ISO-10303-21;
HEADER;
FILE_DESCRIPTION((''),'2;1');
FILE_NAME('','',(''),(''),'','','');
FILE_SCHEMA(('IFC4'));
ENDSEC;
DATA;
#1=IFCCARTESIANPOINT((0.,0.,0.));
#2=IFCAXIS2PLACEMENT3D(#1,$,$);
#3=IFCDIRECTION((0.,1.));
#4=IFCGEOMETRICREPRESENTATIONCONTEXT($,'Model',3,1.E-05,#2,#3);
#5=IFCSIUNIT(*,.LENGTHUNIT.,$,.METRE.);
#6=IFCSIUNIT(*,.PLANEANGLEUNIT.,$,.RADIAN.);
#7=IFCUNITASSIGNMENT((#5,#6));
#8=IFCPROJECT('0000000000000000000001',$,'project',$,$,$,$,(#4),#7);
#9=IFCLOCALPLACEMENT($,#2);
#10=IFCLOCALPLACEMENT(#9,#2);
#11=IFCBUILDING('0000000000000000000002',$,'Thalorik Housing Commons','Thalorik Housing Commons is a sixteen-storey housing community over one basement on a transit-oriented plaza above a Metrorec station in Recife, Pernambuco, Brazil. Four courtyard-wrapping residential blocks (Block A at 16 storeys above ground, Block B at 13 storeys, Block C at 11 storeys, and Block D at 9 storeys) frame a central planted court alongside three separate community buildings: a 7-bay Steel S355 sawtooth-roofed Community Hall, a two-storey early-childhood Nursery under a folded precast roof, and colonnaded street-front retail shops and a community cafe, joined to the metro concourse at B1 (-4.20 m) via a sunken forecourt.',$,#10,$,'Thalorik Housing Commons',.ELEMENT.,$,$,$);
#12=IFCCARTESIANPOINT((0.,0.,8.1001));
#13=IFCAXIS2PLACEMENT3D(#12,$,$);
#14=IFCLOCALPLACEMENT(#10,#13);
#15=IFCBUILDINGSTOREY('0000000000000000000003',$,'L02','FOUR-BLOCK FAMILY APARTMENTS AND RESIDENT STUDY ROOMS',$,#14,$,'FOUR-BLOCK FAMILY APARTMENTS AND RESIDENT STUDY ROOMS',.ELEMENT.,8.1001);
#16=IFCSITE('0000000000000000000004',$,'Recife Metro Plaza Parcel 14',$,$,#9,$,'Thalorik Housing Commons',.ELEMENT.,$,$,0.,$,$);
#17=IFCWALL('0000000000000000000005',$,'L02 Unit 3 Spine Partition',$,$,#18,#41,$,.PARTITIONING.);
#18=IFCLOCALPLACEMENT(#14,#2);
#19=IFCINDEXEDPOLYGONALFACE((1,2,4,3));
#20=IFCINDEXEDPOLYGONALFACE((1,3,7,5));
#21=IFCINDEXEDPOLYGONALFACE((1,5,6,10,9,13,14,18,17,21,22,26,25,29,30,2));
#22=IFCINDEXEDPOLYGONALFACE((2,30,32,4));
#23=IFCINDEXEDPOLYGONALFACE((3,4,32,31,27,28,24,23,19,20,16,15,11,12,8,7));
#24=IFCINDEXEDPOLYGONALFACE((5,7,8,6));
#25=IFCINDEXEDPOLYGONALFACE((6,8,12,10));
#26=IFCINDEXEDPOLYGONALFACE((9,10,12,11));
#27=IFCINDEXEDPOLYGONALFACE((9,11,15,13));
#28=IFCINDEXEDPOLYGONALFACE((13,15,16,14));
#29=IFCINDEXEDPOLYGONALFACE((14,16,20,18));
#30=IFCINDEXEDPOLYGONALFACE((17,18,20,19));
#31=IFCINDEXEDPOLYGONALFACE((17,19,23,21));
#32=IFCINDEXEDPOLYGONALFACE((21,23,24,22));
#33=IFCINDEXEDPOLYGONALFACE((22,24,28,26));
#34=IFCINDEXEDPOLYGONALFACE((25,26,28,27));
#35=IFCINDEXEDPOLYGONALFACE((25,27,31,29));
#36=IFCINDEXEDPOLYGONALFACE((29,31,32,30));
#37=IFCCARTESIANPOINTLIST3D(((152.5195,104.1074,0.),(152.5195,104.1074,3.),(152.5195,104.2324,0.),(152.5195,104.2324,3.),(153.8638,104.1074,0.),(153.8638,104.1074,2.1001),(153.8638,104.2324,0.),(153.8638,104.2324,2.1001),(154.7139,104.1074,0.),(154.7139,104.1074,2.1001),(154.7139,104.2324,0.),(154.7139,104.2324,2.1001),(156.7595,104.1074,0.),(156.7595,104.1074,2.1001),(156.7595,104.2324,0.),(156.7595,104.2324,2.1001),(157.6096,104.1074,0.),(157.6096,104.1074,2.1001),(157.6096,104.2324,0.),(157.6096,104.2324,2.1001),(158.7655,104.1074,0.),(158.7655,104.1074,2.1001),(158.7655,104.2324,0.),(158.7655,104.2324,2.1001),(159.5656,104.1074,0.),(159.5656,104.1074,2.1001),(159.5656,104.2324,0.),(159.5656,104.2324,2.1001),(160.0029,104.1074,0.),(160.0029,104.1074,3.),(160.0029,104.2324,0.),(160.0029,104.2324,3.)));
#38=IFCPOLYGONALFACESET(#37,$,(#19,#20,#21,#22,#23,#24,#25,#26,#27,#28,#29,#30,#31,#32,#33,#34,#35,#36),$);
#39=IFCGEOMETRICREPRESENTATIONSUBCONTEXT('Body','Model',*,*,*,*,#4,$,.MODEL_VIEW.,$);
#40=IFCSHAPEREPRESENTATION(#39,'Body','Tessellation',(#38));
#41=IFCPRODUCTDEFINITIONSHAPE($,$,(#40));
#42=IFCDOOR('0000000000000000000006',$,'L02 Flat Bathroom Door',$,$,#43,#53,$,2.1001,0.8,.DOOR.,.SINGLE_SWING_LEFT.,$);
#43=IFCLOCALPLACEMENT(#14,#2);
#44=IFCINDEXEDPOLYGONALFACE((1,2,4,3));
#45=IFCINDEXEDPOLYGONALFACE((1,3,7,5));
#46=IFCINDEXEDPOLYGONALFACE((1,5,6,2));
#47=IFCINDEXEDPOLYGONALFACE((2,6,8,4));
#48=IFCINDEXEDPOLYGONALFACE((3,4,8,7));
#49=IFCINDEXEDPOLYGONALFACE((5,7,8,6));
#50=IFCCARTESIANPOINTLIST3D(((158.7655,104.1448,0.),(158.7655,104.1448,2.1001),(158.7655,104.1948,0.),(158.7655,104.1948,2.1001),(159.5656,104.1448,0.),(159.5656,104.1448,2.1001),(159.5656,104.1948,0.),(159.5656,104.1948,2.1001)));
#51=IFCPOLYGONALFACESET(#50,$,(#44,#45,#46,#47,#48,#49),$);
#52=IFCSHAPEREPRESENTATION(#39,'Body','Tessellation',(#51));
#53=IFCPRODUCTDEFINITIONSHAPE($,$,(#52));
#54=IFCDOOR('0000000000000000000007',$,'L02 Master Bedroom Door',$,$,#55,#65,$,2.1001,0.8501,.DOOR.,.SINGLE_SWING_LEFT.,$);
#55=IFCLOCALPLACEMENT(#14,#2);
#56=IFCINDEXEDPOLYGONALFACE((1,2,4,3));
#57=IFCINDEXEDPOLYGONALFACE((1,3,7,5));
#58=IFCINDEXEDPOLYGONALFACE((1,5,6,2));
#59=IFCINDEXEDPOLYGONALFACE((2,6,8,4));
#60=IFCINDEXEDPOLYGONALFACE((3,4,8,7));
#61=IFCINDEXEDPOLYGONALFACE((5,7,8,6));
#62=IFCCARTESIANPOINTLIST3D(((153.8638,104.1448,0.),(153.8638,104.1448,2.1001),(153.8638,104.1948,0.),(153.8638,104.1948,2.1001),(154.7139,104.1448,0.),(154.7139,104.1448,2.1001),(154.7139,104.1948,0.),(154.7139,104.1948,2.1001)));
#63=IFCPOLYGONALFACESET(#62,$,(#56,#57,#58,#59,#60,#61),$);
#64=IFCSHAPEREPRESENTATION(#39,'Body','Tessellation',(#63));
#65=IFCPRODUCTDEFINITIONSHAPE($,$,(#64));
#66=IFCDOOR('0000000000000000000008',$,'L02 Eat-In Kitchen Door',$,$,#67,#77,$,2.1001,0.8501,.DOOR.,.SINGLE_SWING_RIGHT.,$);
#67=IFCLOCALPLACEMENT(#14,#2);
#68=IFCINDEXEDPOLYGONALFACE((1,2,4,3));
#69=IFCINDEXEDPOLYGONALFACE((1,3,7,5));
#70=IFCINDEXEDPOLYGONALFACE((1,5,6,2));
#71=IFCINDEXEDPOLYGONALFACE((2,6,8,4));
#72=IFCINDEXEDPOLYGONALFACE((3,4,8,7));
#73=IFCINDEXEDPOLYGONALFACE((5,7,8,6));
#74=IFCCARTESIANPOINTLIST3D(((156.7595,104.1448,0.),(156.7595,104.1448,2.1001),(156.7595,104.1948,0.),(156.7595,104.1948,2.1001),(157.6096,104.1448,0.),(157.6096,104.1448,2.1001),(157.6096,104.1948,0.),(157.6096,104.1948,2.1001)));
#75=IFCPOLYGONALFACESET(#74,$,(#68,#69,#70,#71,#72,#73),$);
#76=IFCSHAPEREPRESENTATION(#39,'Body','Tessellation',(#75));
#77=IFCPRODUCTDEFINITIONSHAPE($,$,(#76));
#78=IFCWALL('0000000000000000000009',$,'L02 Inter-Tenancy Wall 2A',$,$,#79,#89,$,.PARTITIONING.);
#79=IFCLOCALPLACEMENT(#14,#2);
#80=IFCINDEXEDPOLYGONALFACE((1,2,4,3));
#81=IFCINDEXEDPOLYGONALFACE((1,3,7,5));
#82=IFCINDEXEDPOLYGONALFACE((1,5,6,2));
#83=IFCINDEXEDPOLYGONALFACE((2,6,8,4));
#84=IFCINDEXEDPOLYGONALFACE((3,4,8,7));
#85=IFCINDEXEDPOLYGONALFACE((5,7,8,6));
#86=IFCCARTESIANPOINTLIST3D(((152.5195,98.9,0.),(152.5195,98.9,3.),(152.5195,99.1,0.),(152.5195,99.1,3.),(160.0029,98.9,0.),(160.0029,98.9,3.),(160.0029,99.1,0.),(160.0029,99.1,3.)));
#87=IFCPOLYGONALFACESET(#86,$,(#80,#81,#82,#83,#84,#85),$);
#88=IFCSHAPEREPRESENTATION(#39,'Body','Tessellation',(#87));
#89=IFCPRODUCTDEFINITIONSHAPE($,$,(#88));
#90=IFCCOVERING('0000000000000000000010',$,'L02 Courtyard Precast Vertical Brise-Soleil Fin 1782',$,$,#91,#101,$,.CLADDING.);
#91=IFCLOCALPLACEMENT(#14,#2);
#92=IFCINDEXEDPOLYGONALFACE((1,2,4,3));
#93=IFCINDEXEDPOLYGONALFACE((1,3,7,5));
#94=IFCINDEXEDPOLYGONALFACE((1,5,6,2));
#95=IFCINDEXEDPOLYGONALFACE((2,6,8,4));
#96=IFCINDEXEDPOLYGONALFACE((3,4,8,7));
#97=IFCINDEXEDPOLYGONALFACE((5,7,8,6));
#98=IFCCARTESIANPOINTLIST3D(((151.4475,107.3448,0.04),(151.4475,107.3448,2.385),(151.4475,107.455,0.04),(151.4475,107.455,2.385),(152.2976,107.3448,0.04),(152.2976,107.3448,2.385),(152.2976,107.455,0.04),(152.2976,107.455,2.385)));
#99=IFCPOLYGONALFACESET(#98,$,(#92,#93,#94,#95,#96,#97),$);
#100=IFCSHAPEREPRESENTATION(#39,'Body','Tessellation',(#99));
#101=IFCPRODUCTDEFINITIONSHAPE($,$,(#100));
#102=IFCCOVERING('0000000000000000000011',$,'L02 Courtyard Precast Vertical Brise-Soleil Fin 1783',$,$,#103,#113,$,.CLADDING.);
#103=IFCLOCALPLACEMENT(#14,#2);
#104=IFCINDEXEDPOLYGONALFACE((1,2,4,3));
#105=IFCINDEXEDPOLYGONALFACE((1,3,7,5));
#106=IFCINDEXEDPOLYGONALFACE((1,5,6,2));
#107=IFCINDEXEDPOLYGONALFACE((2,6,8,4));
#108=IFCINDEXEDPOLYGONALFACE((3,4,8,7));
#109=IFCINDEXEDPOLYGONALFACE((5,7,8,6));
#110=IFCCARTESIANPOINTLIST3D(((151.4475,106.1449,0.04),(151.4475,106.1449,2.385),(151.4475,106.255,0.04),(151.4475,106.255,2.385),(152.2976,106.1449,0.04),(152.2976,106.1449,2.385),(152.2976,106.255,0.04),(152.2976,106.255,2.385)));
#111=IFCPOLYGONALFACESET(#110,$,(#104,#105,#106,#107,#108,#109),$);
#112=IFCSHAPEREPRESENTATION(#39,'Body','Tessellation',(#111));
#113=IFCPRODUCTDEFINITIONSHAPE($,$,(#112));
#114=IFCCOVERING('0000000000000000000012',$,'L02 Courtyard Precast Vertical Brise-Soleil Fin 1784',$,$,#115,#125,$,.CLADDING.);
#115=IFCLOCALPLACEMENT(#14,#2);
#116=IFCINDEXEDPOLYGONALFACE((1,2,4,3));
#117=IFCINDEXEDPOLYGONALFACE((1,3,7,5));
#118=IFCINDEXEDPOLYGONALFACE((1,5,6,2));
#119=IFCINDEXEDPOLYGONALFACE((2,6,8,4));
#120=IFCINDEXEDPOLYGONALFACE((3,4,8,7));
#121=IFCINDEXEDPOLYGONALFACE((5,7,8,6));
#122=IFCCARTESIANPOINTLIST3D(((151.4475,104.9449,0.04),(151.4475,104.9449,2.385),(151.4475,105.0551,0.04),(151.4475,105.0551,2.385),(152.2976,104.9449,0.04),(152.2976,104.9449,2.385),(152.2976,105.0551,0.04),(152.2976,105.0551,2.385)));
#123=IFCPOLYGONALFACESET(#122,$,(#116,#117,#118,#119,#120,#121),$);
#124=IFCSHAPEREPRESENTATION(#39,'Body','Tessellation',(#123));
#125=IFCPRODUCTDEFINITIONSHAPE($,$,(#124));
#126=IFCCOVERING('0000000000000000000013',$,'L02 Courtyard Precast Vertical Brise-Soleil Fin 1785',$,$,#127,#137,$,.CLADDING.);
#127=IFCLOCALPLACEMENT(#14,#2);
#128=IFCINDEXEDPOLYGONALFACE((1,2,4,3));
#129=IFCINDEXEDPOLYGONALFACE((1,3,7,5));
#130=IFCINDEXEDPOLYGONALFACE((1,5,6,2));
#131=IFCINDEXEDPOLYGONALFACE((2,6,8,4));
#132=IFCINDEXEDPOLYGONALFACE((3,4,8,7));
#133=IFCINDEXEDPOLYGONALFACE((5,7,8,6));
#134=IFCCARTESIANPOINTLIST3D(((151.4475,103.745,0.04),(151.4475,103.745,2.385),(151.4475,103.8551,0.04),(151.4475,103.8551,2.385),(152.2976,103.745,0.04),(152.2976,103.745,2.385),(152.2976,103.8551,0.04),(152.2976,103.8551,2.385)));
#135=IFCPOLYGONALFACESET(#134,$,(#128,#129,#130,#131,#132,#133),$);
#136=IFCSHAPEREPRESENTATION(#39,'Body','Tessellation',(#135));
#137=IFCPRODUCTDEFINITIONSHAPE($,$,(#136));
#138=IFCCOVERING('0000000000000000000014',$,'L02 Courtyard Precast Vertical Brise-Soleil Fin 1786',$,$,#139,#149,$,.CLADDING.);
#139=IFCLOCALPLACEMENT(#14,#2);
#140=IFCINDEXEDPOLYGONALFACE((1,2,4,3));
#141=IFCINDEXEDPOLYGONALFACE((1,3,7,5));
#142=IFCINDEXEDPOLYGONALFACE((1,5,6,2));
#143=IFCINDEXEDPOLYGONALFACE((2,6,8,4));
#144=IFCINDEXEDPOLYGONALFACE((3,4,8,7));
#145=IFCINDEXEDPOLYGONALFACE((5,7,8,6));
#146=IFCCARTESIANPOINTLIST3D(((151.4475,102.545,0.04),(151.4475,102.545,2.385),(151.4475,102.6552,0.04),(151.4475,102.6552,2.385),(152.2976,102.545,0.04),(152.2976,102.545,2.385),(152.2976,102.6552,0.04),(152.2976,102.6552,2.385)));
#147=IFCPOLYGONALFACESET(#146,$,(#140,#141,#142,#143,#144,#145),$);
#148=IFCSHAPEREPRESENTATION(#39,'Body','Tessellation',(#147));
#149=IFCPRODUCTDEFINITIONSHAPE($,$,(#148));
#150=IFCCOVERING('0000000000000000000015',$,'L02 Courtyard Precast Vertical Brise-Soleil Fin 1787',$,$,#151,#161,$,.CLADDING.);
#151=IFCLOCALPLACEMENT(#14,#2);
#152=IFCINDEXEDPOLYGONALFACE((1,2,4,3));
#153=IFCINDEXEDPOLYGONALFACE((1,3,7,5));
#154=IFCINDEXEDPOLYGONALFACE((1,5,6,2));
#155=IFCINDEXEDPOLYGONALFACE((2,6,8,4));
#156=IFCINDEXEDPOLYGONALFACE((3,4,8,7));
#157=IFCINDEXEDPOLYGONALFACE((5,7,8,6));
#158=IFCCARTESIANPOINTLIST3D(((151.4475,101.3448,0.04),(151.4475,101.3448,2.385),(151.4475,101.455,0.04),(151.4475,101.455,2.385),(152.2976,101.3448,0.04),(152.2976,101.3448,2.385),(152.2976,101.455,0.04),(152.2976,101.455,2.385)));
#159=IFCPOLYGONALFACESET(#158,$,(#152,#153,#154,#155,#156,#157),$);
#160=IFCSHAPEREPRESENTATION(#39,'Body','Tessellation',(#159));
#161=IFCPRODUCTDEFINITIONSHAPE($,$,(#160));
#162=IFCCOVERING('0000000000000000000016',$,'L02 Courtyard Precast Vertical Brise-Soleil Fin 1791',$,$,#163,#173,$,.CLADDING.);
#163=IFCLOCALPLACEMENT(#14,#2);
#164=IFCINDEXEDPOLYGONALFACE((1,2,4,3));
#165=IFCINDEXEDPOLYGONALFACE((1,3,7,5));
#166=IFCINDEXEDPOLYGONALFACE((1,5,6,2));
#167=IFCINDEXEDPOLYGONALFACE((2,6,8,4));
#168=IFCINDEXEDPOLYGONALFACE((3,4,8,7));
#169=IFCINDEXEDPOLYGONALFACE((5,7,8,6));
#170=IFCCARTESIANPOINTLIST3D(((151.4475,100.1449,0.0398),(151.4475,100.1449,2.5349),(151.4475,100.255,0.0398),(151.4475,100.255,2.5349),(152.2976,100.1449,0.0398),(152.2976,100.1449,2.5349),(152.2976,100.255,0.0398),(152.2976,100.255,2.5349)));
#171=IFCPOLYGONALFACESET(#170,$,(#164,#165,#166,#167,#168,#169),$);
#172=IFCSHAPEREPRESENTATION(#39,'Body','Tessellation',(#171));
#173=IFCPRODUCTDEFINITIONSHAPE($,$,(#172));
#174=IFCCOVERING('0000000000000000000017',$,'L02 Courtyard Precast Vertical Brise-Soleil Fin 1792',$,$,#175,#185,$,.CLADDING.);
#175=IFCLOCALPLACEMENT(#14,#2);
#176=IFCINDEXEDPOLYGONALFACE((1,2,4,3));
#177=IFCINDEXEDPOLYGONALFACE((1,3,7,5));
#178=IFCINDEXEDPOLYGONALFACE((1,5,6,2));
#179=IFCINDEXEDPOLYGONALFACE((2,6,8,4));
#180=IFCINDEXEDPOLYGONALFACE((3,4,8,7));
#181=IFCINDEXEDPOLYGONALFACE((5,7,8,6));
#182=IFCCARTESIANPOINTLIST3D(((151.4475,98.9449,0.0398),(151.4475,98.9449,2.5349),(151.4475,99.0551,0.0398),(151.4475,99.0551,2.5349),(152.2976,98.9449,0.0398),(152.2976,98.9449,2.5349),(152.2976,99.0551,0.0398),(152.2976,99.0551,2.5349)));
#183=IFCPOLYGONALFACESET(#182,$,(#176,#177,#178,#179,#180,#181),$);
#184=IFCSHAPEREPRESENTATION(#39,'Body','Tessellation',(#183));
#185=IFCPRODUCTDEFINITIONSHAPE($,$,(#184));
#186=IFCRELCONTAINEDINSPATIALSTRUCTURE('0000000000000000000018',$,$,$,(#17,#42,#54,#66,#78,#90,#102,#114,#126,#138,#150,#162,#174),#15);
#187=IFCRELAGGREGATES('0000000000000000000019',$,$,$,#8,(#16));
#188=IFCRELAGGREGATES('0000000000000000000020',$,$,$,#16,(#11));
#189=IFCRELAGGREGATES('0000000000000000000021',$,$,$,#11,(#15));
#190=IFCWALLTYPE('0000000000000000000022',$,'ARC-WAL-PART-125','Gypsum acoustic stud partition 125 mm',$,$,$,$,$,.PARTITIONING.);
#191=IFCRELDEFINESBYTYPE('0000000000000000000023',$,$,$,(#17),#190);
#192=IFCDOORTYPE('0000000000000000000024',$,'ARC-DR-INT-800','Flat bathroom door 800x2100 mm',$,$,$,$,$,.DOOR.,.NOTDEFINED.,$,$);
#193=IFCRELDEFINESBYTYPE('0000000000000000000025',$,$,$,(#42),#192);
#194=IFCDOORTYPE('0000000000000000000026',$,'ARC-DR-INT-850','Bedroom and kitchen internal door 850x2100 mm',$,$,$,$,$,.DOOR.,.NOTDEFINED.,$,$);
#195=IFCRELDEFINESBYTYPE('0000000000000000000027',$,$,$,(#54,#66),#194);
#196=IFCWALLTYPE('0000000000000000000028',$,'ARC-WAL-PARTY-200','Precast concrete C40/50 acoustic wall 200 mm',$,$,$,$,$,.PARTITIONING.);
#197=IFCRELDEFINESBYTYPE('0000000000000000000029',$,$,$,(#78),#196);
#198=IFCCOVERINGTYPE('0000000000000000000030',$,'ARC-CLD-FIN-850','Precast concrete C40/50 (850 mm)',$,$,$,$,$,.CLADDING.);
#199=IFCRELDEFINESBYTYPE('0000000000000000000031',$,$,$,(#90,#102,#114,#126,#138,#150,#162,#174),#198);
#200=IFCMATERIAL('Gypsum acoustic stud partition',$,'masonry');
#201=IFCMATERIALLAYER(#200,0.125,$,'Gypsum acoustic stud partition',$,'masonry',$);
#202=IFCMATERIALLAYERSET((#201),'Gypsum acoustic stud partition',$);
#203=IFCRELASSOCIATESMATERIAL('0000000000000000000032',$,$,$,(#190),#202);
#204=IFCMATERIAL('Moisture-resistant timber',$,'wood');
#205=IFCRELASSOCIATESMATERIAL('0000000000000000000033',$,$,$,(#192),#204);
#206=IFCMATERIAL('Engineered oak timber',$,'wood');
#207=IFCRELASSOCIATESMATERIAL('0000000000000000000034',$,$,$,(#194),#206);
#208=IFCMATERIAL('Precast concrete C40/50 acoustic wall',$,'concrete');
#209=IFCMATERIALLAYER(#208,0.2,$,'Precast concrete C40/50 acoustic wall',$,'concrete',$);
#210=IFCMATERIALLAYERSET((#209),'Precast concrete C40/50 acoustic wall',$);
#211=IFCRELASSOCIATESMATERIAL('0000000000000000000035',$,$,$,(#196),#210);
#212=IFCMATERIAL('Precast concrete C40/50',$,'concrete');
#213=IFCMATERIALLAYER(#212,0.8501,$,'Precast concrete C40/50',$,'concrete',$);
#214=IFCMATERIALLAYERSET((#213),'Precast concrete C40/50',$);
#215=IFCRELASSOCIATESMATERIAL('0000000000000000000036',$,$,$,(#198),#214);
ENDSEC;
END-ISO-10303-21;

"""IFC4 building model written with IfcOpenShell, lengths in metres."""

from ifc_helpers import new_model, si_unit, direction, frame, frame_2d, origin, origin_2d, place, context, subcontext, project, spatial, rectangle, extrude, material, layer, layer_set, type_object, element, fill, save


model = new_model("IFC4")

# Units and contexts
model_context = context("Model", 3, precision=1e-05, world=origin(), true_north=direction((0.0, 1.0)))
body_context = subcontext(model_context, "Body", "Model", "MODEL_VIEW")
ifc_project = project(units=[si_unit("LENGTHUNIT", "METRE"), si_unit("PLANEANGLEUNIT", "RADIAN")], contexts=[model_context])

# Site, building, storey
site_placement = place(None, origin())
site = spatial("IfcSite", under=ifc_project, at=site_placement, Name="Recife Metro Plaza Parcel 14", LongName="Thalorik Housing Commons", CompositionType="ELEMENT", RefElevation=0.0)
building_placement = place(site_placement, origin())
building = spatial("IfcBuilding", under=site, at=building_placement, Name="Thalorik Housing Commons", Description="Thalorik Housing Commons is a sixteen-storey housing community over one basement on a transit-oriented plaza above a Metrorec station in Recife, Pernambuco, Brazil. Four courtyard-wrapping residential blocks (Block A at 16 storeys above ground, Block B at 13 storeys, Block C at 11 storeys, and Block D at 9 storeys) frame a central planted court alongside three separate community buildings: a 7-bay Steel S355 sawtooth-roofed Community Hall, a two-storey early-childhood Nursery under a folded precast roof, and colonnaded street-front retail shops and a community cafe, joined to the metro concourse at B1 (-4.20 m) via a sunken forecourt.", LongName="Thalorik Housing Commons", CompositionType="ELEMENT")
storey_placement = place(building_placement, frame((0.0, 0.0, 8.1001)))
storey = spatial("IfcBuildingStorey", under=building, at=storey_placement, Name="L02", Description="FOUR-BLOCK FAMILY APARTMENTS AND RESIDENT STUDY ROOMS", LongName="FOUR-BLOCK FAMILY APARTMENTS AND RESIDENT STUDY ROOMS", CompositionType="ELEMENT", Elevation=8.1001)

# Shared definitions
ifc_material_1 = material(Name="Precast concrete C40/50", Category="concrete")

# Wall, openings, doors
ifc_material_2 = material(Name="Gypsum acoustic stud partition", Category="masonry")
ifc_layer_1 = layer(ifc_material_2, 0.125, Name="Gypsum acoustic stud partition", Category="masonry")
ifc_layer_set_1 = layer_set([ifc_layer_1], Name="Gypsum acoustic stud partition")
wall_type_1 = type_object("IfcWallType", Name="ARC-WAL-PART-125", Description="Gypsum acoustic stud partition 125 mm", PredefinedType="PARTITIONING", material=ifc_layer_set_1)
wall_1_placement = place(storey_placement, frame((152.5195, 104.1699, 0.0), z_axis=(0.0, 0.0, 1.0), x_axis=(1.0, 0.0, 0.0)))
wall_1 = element("IfcWall", 1, at=wall_1_placement, inside=storey, type_object=wall_type_1, Name="L02 Unit 3 Spine Partition", PredefinedType="PARTITIONING", context=body_context, shape_type="SweptSolid", body=[
    extrude(rectangle(XDim=7.4834, YDim=0.125, at=frame_2d((3.7417, 0.0))), origin(), (0.0, 0.0, 1.0), 3.0),
])
opening_1_placement = place(wall_1_placement, frame((1.3442, 0.0, 0.0)))
opening_1 = element("IfcOpeningElement", 2, at=opening_1_placement, cuts=wall_1, PredefinedType="OPENING", context=body_context, shape_type="SweptSolid", body=[
    extrude(rectangle(XDim=0.8501, YDim=2.1001, at=frame_2d((0.425, 1.05))), frame((0.0, 0.0725, 0.0), z_axis=(0.0, -1.0, 0.0), x_axis=(1.0, 0.0, 0.0)), (0.0, 0.0, 1.0), 0.145),
])
opening_2_placement = place(wall_1_placement, frame((4.24, 0.0, 0.0)))
opening_2 = element("IfcOpeningElement", 3, at=opening_2_placement, cuts=wall_1, PredefinedType="OPENING", context=body_context, shape_type="SweptSolid", body=[
    extrude(rectangle(XDim=0.8501, YDim=2.1001, at=frame_2d((0.425, 1.05))), frame((0.0, 0.0725, 0.0), z_axis=(0.0, -1.0, 0.0), x_axis=(1.0, 0.0, 0.0)), (0.0, 0.0, 1.0), 0.145),
])
opening_3_placement = place(wall_1_placement, frame((6.2461, 0.0, 0.0)))
opening_3 = element("IfcOpeningElement", 4, at=opening_3_placement, cuts=wall_1, PredefinedType="OPENING", context=body_context, shape_type="SweptSolid", body=[
    extrude(rectangle(XDim=0.8, YDim=2.1001, at=frame_2d((0.3999, 1.05))), frame((0.0, 0.0725, 0.0), z_axis=(0.0, -1.0, 0.0), x_axis=(1.0, 0.0, 0.0)), (0.0, 0.0, 1.0), 0.145),
])
ifc_material_3 = material(Name="Moisture-resistant timber", Category="wood")
door_type_1 = type_object("IfcDoorType", Name="ARC-DR-INT-800", Description="Flat bathroom door 800x2100 mm", OperationType="NOTDEFINED", PredefinedType="DOOR", material=ifc_material_3)
door_1_placement = place(opening_3_placement, origin())
door_1 = element("IfcDoor", 5, at=door_1_placement, inside=storey, type_object=door_type_1, Name="L02 Flat Bathroom Door", OperationType="SINGLE_SWING_LEFT", OverallHeight=2.1001, OverallWidth=0.8, PredefinedType="DOOR", context=body_context, shape_type="SweptSolid", body=[
    extrude(rectangle(XDim=0.8, YDim=2.1001, at=frame_2d((0.3999, 1.05))), frame((0.0, 0.0249, 0.0), z_axis=(0.0, -1.0, 0.0), x_axis=(1.0, 0.0, 0.0)), (0.0, 0.0, 1.0), 0.05),
])
fill(opening_3, door_1)
ifc_material_4 = material(Name="Engineered oak timber", Category="wood")
door_type_2 = type_object("IfcDoorType", Name="ARC-DR-INT-850", Description="Bedroom and kitchen internal door 850x2100 mm", OperationType="NOTDEFINED", PredefinedType="DOOR", material=ifc_material_4)
door_2_placement = place(opening_1_placement, origin())
door_2 = element("IfcDoor", 6, at=door_2_placement, inside=storey, type_object=door_type_2, Name="L02 Master Bedroom Door", OperationType="SINGLE_SWING_LEFT", OverallHeight=2.1001, OverallWidth=0.8501, PredefinedType="DOOR", context=body_context, shape_type="SweptSolid", body=[
    extrude(rectangle(XDim=0.8501, YDim=2.1001, at=frame_2d((0.425, 1.05))), frame((0.0, 0.0249, 0.0), z_axis=(0.0, -1.0, 0.0), x_axis=(1.0, 0.0, 0.0)), (0.0, 0.0, 1.0), 0.05),
])
fill(opening_1, door_2)
door_3_placement = place(opening_2_placement, origin())
door_3 = element("IfcDoor", 7, at=door_3_placement, inside=storey, type_object=door_type_2, Name="L02 Eat-In Kitchen Door", OperationType="SINGLE_SWING_RIGHT", OverallHeight=2.1001, OverallWidth=0.8501, PredefinedType="DOOR", context=body_context, shape_type="SweptSolid", body=[
    extrude(rectangle(XDim=0.8501, YDim=2.1001, at=frame_2d((0.425, 1.05))), frame((0.0, 0.0249, 0.0), z_axis=(0.0, -1.0, 0.0), x_axis=(1.0, 0.0, 0.0)), (0.0, 0.0, 1.0), 0.05),
])
fill(opening_2, door_3)

# Wall
ifc_material_5 = material(Name="Precast concrete C40/50 acoustic wall", Category="concrete")
ifc_layer_2 = layer(ifc_material_5, 0.2, Name="Precast concrete C40/50 acoustic wall", Category="concrete")
ifc_layer_set_2 = layer_set([ifc_layer_2], Name="Precast concrete C40/50 acoustic wall")
wall_type_2 = type_object("IfcWallType", Name="ARC-WAL-PARTY-200", Description="Precast concrete C40/50 acoustic wall 200 mm", PredefinedType="PARTITIONING", material=ifc_layer_set_2)
wall_2_placement = place(storey_placement, frame((152.5195, 99.0, 0.0), z_axis=(0.0, 0.0, 1.0), x_axis=(1.0, 0.0, 0.0)))
element("IfcWall", 8, at=wall_2_placement, inside=storey, type_object=wall_type_2, Name="L02 Inter-Tenancy Wall 2A", PredefinedType="PARTITIONING", context=body_context, shape_type="SweptSolid", body=[
    extrude(rectangle(XDim=7.4834, YDim=0.2, at=frame_2d((3.7417, 0.0))), origin(), (0.0, 0.0, 1.0), 3.0),
])

# Coverings
ifc_layer_3 = layer(ifc_material_1, 0.8501, Name="Precast concrete C40/50", Category="concrete")
ifc_layer_set_3 = layer_set([ifc_layer_3], Name="Precast concrete C40/50")
covering_type_1 = type_object("IfcCoveringType", Name="ARC-CLD-FIN-850", Description="Precast concrete C40/50 (850 mm)", PredefinedType="CLADDING", material=ifc_layer_set_3)
for number, where, z_axis, x_axis, name in (
    (9, (151.8726, 107.3999, 0.04), (0.0, 0.0, 1.0), (0.0, -1.0, 0.0), "L02 Courtyard Precast Vertical Brise-Soleil Fin 1782"),
    (10, (151.8726, 106.2, 0.04), (0.0, 0.0, 1.0), (0.0, -1.0, 0.0), "L02 Courtyard Precast Vertical Brise-Soleil Fin 1783"),
    (11, (151.8726, 105.0, 0.04), (0.0, 0.0, 1.0), (0.0, -1.0, 0.0), "L02 Courtyard Precast Vertical Brise-Soleil Fin 1784"),
    (12, (151.8726, 103.8, 0.04), (0.0, 0.0, 1.0), (0.0, -1.0, 0.0), "L02 Courtyard Precast Vertical Brise-Soleil Fin 1785"),
    (13, (151.8726, 102.6001, 0.04), (0.0, 0.0, 1.0), (0.0, -1.0, 0.0), "L02 Courtyard Precast Vertical Brise-Soleil Fin 1786"),
    (14, (151.8726, 101.3999, 0.04), (0.0, 0.0, 1.0), (0.0, -1.0, 0.0), "L02 Courtyard Precast Vertical Brise-Soleil Fin 1787"),
):
    element("IfcCovering", number, at=place(storey_placement, frame(where, z_axis=z_axis, x_axis=x_axis)), inside=storey, type_object=covering_type_1, Name=name, PredefinedType="CLADDING", context=body_context, shape_type="SweptSolid", body=[
        extrude(rectangle(XDim=0.1101, YDim=0.8501, at=origin_2d()), origin(), (0.0, 0.0, 1.0), 2.345),
    ])
for number, where, z_axis, x_axis, name in (
    (15, (151.8726, 100.2, 0.0398), (0.0, 0.0, 1.0), (0.0, -1.0, 0.0), "L02 Courtyard Precast Vertical Brise-Soleil Fin 1791"),
    (16, (151.8726, 99.0, 0.0398), (0.0, 0.0, 1.0), (0.0, -1.0, 0.0), "L02 Courtyard Precast Vertical Brise-Soleil Fin 1792"),
):
    element("IfcCovering", number, at=place(storey_placement, frame(where, z_axis=z_axis, x_axis=x_axis)), inside=storey, type_object=covering_type_1, Name=name, PredefinedType="CLADDING", context=body_context, shape_type="SweptSolid", body=[
        extrude(rectangle(XDim=0.1101, YDim=0.8501, at=origin_2d()), origin(), (0.0, 0.0, 1.0), 2.4951),
    ])

save(model, "model.ifc")
